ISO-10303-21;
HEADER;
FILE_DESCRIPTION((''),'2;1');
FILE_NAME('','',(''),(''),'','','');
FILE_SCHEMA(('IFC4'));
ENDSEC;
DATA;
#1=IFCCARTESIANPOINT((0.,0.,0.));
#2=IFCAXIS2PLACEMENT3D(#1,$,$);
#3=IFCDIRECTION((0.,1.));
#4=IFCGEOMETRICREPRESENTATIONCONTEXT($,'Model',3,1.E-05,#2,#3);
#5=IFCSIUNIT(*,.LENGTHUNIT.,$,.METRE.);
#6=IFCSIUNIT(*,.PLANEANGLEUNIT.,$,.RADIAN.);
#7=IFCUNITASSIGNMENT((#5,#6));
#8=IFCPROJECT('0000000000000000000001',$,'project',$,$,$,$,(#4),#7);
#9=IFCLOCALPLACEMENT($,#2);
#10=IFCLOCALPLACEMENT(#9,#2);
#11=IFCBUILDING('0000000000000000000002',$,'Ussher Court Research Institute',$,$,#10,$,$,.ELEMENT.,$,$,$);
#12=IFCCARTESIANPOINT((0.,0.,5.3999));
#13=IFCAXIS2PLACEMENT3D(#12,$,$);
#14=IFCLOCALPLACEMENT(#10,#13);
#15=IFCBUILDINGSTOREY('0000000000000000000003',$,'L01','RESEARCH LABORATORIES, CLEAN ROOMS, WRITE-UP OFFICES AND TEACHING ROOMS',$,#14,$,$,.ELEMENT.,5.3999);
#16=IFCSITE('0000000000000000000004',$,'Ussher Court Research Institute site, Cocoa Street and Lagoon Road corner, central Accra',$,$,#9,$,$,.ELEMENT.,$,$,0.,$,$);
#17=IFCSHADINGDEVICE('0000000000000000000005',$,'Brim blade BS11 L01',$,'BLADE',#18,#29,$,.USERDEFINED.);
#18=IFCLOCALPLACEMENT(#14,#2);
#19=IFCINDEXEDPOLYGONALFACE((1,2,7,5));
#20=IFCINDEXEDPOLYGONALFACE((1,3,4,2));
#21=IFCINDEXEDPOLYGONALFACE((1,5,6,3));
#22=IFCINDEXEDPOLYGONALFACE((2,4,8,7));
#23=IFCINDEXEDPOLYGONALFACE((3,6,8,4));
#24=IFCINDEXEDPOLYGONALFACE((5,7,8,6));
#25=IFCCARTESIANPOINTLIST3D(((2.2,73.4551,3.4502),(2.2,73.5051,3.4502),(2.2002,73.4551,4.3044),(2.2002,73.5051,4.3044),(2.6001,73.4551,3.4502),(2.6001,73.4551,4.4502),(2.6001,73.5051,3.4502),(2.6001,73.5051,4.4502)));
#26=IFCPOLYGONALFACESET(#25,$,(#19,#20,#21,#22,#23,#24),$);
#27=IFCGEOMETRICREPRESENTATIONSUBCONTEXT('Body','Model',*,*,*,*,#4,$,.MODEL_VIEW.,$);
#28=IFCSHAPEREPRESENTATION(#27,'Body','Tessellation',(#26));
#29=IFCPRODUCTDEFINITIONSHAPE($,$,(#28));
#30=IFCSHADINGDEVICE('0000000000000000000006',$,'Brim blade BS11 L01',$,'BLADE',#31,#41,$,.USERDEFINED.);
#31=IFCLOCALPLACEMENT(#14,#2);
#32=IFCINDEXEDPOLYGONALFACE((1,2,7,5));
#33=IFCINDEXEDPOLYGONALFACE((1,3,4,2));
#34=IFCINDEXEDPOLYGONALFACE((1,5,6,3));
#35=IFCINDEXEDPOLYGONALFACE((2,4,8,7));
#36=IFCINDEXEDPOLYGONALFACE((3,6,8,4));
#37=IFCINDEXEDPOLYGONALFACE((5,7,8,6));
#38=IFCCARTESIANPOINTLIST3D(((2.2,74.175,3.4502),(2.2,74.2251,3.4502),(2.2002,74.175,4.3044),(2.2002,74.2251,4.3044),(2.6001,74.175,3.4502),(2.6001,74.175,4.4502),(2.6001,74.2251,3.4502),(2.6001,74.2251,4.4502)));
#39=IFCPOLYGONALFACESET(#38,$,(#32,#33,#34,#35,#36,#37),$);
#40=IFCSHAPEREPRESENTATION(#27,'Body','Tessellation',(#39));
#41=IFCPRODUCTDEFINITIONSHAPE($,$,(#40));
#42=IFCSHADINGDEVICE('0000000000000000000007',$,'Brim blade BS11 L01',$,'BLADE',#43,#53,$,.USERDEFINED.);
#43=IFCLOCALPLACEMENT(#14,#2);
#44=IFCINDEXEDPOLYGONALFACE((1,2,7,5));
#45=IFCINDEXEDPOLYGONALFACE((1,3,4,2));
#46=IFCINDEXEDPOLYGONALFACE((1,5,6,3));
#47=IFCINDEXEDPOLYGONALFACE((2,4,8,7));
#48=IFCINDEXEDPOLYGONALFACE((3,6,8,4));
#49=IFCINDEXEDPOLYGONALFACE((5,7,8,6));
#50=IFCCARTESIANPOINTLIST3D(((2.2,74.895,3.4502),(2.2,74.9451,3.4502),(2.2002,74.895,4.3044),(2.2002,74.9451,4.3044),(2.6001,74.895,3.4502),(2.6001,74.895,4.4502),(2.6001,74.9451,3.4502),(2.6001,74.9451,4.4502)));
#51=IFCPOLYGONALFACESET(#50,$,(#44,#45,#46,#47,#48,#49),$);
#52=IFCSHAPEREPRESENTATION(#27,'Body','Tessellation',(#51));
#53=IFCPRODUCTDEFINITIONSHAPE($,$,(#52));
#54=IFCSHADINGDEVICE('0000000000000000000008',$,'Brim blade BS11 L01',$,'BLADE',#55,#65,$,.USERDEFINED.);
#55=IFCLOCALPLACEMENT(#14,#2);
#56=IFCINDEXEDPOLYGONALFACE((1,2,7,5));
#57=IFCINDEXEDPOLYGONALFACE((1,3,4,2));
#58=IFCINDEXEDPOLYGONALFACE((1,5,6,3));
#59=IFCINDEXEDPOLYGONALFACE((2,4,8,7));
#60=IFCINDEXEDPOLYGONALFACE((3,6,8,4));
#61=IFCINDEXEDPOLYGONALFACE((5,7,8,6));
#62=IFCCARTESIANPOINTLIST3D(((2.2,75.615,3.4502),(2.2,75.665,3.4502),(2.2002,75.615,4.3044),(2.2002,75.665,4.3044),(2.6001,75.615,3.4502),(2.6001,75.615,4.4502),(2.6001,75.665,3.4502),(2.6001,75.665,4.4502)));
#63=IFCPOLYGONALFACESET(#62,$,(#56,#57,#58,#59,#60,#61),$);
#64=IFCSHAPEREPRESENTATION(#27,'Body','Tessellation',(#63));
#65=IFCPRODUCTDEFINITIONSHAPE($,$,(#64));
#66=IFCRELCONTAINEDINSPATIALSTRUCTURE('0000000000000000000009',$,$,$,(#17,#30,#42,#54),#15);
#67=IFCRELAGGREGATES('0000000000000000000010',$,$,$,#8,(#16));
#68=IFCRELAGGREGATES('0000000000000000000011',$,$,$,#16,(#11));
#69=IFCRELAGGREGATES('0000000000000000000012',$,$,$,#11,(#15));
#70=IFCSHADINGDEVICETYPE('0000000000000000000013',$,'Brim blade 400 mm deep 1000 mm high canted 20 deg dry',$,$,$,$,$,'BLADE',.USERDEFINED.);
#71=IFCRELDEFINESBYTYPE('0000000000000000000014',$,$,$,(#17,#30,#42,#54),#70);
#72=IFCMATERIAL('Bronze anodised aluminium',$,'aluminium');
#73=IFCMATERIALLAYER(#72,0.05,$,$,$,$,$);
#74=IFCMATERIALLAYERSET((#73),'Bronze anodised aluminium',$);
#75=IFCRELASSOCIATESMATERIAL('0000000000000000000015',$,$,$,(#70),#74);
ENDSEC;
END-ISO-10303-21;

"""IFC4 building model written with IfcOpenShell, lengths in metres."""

from ifc_helpers import new_model, si_unit, direction, frame, origin, place, context, subcontext, project, spatial, polyline, outline, extrude, material, layer, layer_set, type_object, element, save


model = new_model("IFC4")

# Units and contexts
model_context = context("Model", 3, precision=1e-05, world=origin(), true_north=direction((0.0, 1.0)))
body_context = subcontext(model_context, "Body", "Model", "MODEL_VIEW")
ifc_project = project(units=[si_unit("LENGTHUNIT", "METRE"), si_unit("PLANEANGLEUNIT", "RADIAN")], contexts=[model_context])

# Site, building, storey
site_placement = place(None, origin())
site = spatial("IfcSite", under=ifc_project, at=site_placement, Name="Ussher Court Research Institute site, Cocoa Street and Lagoon Road corner, central Accra", CompositionType="ELEMENT", RefElevation=0.0)
building_placement = place(site_placement, origin())
building = spatial("IfcBuilding", under=site, at=building_placement, Name="Ussher Court Research Institute", CompositionType="ELEMENT")
storey_placement = place(building_placement, frame((0.0, 0.0, 5.3999)))
storey = spatial("IfcBuildingStorey", under=building, at=storey_placement, Name="L01", Description="RESEARCH LABORATORIES, CLEAN ROOMS, WRITE-UP OFFICES AND TEACHING ROOMS", CompositionType="ELEMENT", Elevation=5.3999)

# Shading devices
ifc_material_1 = material(Name="Bronze anodised aluminium", Category="aluminium")
ifc_layer_1 = layer(ifc_material_1, 0.05)
ifc_layer_set_1 = layer_set([ifc_layer_1], Name="Bronze anodised aluminium")
shading_device_type_1 = type_object("IfcShadingDeviceType", Name="Brim blade 400 mm deep 1000 mm high canted 20 deg dry", ElementType="BLADE", PredefinedType="USERDEFINED", material=ifc_layer_set_1)
for number, where, z_axis, x_axis, name in (
    (1, (2.6001, 73.48, 3.4502), (0.0, 0.0, 1.0), (-1.0, 0.0, 0.0), "Brim blade BS11 L01"),
    (2, (2.6001, 74.2, 3.4502), (0.0, 0.0, 1.0), (-1.0, 0.0, 0.0), "Brim blade BS11 L01"),
    (3, (2.6001, 74.9199, 3.4502), (0.0, 0.0, 1.0), (-1.0, 0.0, 0.0), "Brim blade BS11 L01"),
    (4, (2.6001, 75.6399, 3.4502), (0.0, 0.0, 1.0), (-1.0, 0.0, 0.0), "Brim blade BS11 L01"),
):
    element("IfcShadingDevice", number, at=place(storey_placement, frame(where, z_axis=z_axis, x_axis=x_axis)), inside=storey, type_object=shading_device_type_1, Name=name, ObjectType="BLADE", PredefinedType="USERDEFINED", context=body_context, shape_type="SweptSolid", body=[
        extrude(outline(polyline([(0.0, 0.0), (0.4001, 0.0), (0.3999, 0.8542), (0.0, 1.0), (0.0, 0.0)])), frame((0.0, 0.0249, 0.0), z_axis=(0.0, -1.0, 0.0), x_axis=(1.0, 0.0, 0.0)), (0.0, 0.0, 1.0), 0.05),
    ])

save(model, "model.ifc")
